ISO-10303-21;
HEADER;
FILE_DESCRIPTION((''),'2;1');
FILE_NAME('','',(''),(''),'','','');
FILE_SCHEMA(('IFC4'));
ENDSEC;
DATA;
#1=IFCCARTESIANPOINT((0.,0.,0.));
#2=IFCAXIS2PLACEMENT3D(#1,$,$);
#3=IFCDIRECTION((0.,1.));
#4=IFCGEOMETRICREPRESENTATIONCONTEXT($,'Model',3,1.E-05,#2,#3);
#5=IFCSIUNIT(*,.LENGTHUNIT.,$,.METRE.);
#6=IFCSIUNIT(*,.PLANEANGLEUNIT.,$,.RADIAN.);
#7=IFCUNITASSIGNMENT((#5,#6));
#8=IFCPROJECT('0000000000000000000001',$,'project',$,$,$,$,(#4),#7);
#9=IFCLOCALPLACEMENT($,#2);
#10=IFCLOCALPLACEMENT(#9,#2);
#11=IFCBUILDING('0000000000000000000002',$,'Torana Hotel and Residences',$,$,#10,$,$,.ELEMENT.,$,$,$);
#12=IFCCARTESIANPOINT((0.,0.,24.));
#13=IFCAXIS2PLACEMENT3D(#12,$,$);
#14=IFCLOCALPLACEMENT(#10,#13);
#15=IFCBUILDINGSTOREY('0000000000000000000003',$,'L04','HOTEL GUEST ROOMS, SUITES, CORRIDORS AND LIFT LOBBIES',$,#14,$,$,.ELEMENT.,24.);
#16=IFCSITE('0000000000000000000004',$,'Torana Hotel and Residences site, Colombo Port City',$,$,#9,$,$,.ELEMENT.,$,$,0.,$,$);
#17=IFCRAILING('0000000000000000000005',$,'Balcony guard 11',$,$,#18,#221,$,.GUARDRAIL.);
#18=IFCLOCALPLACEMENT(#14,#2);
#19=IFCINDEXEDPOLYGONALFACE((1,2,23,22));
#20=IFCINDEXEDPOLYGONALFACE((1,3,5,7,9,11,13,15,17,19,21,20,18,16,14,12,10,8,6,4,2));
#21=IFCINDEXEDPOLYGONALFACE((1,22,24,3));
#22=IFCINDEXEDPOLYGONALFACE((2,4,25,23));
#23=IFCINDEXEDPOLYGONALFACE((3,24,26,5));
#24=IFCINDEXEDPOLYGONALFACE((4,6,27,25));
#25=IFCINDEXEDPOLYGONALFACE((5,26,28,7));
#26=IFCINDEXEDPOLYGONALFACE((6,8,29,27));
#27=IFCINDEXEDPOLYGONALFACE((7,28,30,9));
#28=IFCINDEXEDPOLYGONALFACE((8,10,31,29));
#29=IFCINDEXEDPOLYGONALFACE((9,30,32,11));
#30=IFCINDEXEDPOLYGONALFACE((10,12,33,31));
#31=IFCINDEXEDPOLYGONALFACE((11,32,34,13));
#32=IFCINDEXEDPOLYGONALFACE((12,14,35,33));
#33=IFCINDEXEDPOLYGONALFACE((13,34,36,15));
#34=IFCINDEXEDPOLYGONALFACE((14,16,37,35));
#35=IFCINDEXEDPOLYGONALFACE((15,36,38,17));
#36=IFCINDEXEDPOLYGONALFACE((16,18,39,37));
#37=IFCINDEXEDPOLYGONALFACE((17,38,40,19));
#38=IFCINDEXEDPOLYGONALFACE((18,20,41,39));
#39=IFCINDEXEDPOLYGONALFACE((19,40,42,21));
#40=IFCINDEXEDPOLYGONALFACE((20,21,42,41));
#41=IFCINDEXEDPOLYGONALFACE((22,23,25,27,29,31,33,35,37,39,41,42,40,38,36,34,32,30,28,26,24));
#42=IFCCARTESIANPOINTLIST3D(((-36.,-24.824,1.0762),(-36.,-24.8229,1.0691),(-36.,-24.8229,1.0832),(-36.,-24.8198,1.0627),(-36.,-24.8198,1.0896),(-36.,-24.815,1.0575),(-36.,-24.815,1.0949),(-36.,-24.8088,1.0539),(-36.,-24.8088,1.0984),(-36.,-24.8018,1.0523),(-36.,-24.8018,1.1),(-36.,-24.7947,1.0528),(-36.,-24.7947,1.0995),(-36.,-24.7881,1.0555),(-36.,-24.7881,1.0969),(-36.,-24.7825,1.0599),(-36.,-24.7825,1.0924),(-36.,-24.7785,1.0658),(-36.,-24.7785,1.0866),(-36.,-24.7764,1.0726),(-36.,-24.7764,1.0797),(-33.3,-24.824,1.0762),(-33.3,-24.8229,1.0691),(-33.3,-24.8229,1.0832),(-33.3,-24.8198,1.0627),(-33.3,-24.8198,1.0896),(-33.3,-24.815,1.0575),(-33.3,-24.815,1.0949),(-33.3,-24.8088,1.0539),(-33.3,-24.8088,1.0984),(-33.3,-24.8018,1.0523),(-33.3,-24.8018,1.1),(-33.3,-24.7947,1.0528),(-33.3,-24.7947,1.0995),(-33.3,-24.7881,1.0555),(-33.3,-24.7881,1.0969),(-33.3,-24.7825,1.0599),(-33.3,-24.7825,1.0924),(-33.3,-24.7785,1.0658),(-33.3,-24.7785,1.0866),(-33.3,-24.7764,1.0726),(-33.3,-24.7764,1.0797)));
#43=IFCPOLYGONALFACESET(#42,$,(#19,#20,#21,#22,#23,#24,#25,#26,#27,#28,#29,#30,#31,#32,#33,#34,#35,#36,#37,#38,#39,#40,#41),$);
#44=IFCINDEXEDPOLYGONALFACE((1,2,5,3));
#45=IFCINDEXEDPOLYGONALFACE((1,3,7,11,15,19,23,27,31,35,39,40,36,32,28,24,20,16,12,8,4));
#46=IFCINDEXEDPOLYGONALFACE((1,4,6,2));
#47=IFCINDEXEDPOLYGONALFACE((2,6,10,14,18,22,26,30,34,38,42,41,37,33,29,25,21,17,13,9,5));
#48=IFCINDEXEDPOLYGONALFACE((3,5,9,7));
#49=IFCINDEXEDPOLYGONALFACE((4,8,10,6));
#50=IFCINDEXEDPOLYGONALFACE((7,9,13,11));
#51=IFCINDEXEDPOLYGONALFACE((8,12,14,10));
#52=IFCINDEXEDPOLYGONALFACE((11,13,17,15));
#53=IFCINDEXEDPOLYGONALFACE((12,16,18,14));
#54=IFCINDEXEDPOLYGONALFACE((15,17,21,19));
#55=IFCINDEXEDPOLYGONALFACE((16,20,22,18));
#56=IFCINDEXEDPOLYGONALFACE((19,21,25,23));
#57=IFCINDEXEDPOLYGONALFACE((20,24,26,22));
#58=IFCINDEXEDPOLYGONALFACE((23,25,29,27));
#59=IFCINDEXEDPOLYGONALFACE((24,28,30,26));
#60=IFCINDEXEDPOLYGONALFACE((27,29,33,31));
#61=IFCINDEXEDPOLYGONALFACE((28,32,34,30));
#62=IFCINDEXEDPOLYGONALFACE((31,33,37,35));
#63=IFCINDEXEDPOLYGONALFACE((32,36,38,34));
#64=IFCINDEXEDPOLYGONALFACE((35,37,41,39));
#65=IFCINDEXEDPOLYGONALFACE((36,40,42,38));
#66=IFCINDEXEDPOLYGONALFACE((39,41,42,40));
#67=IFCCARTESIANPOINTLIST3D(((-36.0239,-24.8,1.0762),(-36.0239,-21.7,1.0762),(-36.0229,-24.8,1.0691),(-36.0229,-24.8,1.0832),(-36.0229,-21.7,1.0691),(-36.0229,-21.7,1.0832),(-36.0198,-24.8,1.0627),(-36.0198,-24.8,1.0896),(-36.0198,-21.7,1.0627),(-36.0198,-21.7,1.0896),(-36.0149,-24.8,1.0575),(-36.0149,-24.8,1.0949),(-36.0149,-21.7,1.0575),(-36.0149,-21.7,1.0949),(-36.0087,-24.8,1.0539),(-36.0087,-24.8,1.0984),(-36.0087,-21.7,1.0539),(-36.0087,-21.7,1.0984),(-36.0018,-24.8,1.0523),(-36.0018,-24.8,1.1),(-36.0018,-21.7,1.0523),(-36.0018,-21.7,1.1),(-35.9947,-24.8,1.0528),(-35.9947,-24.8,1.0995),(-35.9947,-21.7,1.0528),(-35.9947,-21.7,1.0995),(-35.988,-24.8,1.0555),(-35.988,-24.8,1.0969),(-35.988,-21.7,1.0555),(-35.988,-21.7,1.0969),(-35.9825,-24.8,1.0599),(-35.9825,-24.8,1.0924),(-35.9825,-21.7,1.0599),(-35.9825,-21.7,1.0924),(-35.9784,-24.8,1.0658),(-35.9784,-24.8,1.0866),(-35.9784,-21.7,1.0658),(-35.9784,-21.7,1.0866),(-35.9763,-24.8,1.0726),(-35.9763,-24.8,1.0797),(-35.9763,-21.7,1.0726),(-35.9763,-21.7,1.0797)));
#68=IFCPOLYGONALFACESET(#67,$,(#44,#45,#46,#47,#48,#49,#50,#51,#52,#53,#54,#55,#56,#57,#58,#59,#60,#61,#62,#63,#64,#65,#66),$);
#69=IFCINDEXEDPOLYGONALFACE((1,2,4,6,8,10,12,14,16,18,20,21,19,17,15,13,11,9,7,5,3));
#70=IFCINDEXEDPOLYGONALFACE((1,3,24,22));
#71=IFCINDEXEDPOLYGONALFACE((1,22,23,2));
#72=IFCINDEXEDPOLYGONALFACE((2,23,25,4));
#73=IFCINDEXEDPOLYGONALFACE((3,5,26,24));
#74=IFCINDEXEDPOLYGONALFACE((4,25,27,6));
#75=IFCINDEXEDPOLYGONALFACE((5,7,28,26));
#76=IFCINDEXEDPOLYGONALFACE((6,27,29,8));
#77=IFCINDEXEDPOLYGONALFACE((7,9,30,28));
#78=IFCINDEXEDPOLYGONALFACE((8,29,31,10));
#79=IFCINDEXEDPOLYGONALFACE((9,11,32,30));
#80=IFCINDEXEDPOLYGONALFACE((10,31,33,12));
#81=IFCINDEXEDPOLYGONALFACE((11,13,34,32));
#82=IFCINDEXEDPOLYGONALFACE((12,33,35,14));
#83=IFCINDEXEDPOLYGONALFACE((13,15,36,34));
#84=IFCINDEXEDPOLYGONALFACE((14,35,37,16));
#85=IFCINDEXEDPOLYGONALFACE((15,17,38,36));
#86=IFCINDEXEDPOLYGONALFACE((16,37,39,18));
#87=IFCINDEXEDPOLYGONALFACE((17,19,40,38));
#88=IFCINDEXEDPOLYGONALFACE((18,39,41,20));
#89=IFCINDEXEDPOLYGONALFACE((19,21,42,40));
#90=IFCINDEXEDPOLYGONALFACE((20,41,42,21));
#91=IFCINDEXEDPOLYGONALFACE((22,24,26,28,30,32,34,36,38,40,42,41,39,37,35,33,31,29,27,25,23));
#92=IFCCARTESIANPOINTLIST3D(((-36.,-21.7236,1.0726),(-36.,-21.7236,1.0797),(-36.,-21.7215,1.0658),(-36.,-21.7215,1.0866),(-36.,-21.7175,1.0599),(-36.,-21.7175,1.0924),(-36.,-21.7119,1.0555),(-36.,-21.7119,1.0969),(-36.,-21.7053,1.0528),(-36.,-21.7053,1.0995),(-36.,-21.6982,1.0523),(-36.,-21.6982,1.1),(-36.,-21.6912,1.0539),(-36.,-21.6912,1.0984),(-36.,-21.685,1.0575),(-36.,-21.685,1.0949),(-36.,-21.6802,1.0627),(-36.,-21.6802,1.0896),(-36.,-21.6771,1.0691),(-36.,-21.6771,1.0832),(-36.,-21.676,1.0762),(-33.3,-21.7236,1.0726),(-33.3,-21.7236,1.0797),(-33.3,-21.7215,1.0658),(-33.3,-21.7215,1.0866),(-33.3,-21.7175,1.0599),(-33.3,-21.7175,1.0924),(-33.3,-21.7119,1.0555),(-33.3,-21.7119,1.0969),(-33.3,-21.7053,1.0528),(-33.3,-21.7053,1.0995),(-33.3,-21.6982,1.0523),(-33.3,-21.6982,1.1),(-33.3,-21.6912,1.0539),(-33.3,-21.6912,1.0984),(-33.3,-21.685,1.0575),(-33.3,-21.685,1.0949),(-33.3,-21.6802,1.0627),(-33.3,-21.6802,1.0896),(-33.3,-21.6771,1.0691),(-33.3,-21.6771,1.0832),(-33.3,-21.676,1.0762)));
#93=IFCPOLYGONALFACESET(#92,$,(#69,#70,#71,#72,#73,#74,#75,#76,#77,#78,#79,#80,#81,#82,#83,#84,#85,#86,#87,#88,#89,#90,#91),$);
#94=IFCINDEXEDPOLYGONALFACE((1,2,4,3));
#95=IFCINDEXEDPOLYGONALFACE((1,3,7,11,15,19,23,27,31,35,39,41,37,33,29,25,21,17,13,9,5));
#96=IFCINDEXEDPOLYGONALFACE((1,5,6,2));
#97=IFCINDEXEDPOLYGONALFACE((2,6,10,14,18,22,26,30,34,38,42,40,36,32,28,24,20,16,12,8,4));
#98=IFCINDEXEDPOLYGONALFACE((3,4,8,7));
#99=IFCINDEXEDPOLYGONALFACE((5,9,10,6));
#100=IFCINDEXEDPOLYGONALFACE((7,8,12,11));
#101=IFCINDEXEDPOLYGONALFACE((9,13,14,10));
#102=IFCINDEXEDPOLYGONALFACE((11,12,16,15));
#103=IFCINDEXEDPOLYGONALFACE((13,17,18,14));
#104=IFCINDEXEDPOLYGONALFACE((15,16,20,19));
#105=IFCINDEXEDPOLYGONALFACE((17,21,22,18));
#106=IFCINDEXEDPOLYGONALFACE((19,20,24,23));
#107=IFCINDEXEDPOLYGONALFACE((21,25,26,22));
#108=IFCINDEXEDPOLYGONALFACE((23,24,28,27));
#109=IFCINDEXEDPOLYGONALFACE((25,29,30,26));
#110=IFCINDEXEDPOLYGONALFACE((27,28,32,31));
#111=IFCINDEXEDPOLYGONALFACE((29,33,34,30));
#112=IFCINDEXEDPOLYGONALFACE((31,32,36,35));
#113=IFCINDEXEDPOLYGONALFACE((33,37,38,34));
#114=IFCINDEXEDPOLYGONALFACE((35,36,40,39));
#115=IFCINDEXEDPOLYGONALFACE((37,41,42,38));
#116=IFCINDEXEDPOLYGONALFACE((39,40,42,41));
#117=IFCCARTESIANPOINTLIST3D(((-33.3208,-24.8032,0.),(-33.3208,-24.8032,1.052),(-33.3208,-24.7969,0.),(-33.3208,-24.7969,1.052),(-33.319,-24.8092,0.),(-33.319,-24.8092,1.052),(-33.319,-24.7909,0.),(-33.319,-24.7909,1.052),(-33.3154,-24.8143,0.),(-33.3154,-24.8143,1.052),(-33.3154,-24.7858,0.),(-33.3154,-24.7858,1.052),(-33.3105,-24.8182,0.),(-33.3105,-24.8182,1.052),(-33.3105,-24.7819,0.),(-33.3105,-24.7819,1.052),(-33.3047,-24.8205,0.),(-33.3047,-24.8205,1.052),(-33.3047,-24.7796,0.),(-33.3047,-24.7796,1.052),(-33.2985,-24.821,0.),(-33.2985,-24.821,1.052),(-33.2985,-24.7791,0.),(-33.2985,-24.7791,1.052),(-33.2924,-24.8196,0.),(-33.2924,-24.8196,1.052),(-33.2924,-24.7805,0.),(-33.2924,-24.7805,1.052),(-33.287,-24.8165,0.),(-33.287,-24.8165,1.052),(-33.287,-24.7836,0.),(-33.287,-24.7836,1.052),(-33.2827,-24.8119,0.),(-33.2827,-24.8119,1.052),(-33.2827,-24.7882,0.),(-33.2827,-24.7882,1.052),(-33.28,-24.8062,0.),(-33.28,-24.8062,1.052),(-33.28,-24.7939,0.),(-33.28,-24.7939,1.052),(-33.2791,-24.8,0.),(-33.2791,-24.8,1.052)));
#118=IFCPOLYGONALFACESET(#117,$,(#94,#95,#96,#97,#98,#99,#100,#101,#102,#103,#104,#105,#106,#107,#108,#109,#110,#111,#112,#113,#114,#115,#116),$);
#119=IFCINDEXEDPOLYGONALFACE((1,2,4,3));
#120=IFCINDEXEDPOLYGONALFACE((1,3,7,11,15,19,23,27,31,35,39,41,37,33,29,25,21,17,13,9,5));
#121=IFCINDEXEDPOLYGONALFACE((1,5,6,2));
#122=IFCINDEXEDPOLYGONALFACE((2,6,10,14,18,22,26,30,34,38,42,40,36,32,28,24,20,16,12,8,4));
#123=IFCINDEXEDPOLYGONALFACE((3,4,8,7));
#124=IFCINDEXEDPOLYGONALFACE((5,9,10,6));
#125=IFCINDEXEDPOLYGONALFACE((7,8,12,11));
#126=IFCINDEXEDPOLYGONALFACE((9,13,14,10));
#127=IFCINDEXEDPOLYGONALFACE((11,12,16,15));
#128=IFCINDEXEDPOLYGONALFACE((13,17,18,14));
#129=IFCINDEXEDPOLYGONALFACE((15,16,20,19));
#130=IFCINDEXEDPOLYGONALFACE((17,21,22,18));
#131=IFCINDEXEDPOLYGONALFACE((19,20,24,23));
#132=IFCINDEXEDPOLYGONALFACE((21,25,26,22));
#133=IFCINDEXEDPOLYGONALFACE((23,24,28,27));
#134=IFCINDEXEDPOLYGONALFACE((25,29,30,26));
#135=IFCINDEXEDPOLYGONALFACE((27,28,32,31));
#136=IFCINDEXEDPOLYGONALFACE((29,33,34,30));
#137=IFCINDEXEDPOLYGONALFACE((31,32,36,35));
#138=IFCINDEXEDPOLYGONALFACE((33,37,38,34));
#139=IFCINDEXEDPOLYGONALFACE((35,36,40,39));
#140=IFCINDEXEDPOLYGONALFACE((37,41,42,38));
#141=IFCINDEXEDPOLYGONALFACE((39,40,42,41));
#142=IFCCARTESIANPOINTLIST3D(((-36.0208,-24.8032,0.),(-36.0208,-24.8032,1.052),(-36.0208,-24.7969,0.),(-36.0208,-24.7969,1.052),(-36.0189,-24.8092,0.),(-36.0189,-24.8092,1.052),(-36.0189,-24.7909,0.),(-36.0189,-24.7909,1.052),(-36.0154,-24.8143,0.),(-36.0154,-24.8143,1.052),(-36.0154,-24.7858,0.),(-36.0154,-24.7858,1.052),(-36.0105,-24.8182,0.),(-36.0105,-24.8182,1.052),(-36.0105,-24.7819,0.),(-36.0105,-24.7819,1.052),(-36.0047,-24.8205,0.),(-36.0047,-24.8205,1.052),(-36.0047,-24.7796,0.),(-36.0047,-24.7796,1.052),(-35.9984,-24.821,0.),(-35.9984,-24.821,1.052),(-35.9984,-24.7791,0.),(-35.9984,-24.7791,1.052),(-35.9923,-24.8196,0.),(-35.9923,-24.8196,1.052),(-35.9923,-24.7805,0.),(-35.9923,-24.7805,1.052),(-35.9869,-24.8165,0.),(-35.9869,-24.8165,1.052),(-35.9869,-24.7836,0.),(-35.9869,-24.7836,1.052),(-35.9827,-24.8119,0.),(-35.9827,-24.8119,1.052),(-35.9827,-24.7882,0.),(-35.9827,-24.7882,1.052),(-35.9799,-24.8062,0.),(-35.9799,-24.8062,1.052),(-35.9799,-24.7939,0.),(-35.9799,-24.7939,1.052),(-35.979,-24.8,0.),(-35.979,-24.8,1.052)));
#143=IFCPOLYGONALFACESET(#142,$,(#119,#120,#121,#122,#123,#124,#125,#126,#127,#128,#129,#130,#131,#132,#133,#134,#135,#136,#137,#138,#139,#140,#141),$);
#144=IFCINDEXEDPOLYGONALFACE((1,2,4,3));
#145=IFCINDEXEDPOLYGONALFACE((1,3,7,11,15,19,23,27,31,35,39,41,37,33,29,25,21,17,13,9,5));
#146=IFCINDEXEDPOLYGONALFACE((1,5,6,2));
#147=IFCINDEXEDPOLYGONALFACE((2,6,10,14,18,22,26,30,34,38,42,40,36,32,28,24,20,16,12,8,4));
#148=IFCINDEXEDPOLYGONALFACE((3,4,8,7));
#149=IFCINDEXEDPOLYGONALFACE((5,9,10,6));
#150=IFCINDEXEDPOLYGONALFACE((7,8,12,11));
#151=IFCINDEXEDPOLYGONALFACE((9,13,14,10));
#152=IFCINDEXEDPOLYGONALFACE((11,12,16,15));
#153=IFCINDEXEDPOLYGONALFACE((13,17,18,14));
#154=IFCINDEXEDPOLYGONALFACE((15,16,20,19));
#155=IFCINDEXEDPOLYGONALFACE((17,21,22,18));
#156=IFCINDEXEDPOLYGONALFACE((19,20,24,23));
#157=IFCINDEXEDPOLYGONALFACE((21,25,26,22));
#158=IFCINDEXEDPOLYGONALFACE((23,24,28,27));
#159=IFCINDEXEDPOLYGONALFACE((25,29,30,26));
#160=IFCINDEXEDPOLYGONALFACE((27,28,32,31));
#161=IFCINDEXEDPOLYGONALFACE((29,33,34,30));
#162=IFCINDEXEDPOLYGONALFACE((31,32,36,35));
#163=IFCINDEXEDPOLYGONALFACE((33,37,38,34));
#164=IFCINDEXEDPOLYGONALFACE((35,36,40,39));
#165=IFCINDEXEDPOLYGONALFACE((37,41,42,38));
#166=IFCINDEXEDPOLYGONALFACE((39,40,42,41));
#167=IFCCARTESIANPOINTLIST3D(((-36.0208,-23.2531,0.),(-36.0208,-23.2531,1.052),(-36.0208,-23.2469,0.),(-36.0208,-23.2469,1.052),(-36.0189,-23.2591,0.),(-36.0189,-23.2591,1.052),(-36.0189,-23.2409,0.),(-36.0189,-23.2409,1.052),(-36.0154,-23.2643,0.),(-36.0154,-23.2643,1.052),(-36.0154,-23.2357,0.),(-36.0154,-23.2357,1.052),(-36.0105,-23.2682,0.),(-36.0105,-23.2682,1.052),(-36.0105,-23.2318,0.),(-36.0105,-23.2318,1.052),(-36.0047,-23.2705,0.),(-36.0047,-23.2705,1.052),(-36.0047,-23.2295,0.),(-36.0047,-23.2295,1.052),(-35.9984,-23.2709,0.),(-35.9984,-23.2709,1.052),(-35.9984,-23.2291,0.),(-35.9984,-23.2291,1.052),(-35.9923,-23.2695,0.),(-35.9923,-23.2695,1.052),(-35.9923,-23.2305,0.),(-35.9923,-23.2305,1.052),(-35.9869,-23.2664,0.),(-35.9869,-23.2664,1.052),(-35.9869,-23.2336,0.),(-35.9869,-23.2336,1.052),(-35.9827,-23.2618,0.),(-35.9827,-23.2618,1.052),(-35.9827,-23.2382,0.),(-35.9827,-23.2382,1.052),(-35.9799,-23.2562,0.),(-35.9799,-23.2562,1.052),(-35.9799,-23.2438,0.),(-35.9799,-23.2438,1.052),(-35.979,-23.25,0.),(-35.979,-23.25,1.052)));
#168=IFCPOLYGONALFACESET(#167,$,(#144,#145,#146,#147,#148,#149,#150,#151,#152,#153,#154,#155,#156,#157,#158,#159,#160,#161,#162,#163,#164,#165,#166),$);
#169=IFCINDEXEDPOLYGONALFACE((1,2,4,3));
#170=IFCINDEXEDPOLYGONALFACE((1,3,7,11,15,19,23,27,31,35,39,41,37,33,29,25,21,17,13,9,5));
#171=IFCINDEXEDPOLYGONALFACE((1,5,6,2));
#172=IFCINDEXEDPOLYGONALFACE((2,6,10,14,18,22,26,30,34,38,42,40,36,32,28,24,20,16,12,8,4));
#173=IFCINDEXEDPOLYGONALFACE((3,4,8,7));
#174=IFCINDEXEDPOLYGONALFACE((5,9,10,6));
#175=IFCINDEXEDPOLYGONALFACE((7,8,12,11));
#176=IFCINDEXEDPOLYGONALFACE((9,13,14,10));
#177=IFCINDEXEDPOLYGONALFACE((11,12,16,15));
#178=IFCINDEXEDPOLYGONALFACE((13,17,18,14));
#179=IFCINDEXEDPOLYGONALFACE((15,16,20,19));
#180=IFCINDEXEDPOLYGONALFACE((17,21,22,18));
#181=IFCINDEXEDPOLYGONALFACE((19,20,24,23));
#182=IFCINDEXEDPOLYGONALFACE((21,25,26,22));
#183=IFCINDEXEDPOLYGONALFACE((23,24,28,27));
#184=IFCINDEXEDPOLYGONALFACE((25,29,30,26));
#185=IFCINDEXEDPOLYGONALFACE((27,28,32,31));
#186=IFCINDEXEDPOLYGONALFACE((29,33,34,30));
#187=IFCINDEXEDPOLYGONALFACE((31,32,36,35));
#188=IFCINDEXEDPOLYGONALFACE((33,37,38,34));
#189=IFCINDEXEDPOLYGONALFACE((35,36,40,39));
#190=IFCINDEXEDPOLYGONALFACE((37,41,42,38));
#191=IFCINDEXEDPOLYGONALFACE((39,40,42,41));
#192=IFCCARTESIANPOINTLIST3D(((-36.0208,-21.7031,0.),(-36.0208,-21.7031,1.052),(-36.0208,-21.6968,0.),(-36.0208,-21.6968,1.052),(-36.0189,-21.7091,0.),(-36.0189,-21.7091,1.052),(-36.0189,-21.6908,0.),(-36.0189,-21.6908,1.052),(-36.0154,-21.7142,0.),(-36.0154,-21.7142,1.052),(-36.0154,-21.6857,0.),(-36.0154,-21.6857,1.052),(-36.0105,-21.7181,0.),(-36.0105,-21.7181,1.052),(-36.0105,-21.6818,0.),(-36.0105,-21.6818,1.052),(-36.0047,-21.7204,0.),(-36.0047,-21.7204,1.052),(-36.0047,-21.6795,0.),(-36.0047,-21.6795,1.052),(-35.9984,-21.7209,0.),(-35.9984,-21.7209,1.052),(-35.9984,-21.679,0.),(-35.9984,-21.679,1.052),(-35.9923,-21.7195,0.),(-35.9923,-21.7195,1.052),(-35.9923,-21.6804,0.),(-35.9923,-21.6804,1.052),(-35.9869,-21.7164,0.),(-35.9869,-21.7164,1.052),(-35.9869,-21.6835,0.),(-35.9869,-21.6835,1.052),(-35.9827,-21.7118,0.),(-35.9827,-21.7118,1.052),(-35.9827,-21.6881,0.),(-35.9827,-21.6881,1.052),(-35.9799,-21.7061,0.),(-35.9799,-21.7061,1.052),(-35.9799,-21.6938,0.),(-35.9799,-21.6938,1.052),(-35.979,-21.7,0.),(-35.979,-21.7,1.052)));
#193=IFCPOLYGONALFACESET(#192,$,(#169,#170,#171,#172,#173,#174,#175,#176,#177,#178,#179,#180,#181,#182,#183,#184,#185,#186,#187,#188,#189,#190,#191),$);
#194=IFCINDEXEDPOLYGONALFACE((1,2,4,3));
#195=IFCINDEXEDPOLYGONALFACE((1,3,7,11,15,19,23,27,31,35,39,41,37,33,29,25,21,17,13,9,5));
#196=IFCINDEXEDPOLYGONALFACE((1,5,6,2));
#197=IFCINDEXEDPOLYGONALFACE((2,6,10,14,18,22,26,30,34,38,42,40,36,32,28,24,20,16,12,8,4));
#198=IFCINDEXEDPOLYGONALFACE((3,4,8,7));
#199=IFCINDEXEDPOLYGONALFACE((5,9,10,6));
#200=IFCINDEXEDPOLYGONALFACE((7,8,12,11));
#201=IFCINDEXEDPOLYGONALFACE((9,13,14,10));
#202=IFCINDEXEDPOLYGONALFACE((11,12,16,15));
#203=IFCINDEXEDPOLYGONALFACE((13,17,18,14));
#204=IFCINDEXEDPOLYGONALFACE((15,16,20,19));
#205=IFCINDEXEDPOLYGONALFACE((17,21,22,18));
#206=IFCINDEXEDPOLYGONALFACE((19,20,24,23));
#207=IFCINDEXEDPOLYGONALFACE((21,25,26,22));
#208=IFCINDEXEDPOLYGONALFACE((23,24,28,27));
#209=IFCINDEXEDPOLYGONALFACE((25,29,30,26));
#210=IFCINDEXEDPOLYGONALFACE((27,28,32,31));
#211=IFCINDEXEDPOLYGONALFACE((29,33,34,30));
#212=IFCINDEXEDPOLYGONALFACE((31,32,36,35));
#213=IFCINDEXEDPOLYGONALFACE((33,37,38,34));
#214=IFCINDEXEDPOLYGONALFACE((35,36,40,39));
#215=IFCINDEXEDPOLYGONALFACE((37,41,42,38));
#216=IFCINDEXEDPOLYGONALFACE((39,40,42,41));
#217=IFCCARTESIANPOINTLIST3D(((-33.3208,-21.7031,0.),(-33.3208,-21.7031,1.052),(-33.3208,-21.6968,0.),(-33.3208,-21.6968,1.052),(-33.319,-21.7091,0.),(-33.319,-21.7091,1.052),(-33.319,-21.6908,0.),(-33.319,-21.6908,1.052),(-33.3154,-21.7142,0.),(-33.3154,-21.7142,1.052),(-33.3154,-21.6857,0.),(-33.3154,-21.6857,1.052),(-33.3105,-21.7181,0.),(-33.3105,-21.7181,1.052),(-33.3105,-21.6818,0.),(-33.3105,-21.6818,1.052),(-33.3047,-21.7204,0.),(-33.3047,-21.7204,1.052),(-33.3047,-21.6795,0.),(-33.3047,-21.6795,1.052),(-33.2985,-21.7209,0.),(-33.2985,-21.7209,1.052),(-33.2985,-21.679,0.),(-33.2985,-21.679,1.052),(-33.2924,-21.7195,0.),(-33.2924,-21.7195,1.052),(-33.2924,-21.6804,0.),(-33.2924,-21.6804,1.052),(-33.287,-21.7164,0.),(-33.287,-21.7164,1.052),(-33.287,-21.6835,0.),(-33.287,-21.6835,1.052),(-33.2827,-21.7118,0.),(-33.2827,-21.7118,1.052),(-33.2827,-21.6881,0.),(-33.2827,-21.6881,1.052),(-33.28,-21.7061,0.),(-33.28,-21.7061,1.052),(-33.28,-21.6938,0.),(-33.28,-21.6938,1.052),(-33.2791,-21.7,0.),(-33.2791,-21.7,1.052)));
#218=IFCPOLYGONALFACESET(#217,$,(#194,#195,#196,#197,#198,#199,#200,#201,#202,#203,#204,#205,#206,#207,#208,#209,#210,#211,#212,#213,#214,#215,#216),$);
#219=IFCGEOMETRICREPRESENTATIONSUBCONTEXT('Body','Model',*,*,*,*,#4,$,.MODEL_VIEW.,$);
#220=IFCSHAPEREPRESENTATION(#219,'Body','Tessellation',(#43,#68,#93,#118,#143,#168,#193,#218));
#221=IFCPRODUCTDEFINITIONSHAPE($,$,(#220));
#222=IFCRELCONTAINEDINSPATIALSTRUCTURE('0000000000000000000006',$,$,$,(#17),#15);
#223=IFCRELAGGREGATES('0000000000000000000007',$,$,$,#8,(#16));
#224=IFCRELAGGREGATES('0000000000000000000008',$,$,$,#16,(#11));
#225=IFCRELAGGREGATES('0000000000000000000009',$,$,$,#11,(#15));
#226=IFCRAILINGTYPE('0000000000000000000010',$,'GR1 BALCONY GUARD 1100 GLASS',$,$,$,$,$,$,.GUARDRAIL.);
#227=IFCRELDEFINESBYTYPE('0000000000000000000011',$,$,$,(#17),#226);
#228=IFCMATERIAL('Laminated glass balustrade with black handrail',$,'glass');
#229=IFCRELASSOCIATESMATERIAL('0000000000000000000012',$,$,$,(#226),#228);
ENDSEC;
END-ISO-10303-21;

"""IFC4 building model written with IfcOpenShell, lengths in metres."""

from ifc_helpers import new_model, si_unit, direction, frame, origin, origin_2d, place, context, subcontext, project, spatial, circle, extrude, material, type_object, element, save


model = new_model("IFC4")

# Units and contexts
model_context = context("Model", 3, precision=1e-05, world=origin(), true_north=direction((0.0, 1.0)))
body_context = subcontext(model_context, "Body", "Model", "MODEL_VIEW")
ifc_project = project(units=[si_unit("LENGTHUNIT", "METRE"), si_unit("PLANEANGLEUNIT", "RADIAN")], contexts=[model_context])

# Site, building, storey
site_placement = place(None, origin())
site = spatial("IfcSite", under=ifc_project, at=site_placement, Name="Torana Hotel and Residences site, Colombo Port City", CompositionType="ELEMENT", RefElevation=0.0)
building_placement = place(site_placement, origin())
building = spatial("IfcBuilding", under=site, at=building_placement, Name="Torana Hotel and Residences", CompositionType="ELEMENT")
storey_placement = place(building_placement, frame((0.0, 0.0, 24.0)))
storey = spatial("IfcBuildingStorey", under=building, at=storey_placement, Name="L04", Description="HOTEL GUEST ROOMS, SUITES, CORRIDORS AND LIFT LOBBIES", CompositionType="ELEMENT", Elevation=24.0)

# Railing
ifc_material_1 = material(Name="Laminated glass balustrade with black handrail", Category="glass")
railing_type = type_object("IfcRailingType", Name="GR1 BALCONY GUARD 1100 GLASS", PredefinedType="GUARDRAIL", material=ifc_material_1)
railing_placement = place(storey_placement, frame((-33.3, -24.8, 0.0)))
element("IfcRailing", 1, at=railing_placement, inside=storey, type_object=railing_type, Name="Balcony guard 11", PredefinedType="GUARDRAIL", context=body_context, shape_type="SweptSolid", body=[
    extrude(circle(Radius=0.0239, at=origin_2d()), frame((0.0, 0.0, 1.0762), z_axis=(-1.0, 0.0, 0.0), x_axis=(0.0, -1.0, 0.0)), (0.0, 0.0, 1.0), 2.7),
    extrude(circle(Radius=0.0239, at=origin_2d()), frame((-2.7, 0.0, 1.0762), z_axis=(0.0, 1.0, 0.0), x_axis=(-1.0, 0.0, 0.0)), (0.0, 0.0, 1.0), 3.1001),
    extrude(circle(Radius=0.0239, at=origin_2d()), frame((-2.7, 3.1001, 1.0762), z_axis=(1.0, 0.0, 0.0), x_axis=(0.0, 1.0, 0.0)), (0.0, 0.0, 1.0), 2.7),
    extrude(circle(Radius=0.021, at=origin_2d()), origin(), (0.0, 0.0, 1.0), 1.052),
    extrude(circle(Radius=0.021, at=origin_2d()), frame((-2.7, 0.0, 0.0)), (0.0, 0.0, 1.0), 1.052),
    extrude(circle(Radius=0.021, at=origin_2d()), frame((-2.7, 1.55, 0.0)), (0.0, 0.0, 1.0), 1.052),
    extrude(circle(Radius=0.021, at=origin_2d()), frame((-2.7, 3.1001, 0.0)), (0.0, 0.0, 1.0), 1.052),
    extrude(circle(Radius=0.021, at=origin_2d()), frame((0.0, 3.1001, 0.0)), (0.0, 0.0, 1.0), 1.052),
])

save(model, "model.ifc")
